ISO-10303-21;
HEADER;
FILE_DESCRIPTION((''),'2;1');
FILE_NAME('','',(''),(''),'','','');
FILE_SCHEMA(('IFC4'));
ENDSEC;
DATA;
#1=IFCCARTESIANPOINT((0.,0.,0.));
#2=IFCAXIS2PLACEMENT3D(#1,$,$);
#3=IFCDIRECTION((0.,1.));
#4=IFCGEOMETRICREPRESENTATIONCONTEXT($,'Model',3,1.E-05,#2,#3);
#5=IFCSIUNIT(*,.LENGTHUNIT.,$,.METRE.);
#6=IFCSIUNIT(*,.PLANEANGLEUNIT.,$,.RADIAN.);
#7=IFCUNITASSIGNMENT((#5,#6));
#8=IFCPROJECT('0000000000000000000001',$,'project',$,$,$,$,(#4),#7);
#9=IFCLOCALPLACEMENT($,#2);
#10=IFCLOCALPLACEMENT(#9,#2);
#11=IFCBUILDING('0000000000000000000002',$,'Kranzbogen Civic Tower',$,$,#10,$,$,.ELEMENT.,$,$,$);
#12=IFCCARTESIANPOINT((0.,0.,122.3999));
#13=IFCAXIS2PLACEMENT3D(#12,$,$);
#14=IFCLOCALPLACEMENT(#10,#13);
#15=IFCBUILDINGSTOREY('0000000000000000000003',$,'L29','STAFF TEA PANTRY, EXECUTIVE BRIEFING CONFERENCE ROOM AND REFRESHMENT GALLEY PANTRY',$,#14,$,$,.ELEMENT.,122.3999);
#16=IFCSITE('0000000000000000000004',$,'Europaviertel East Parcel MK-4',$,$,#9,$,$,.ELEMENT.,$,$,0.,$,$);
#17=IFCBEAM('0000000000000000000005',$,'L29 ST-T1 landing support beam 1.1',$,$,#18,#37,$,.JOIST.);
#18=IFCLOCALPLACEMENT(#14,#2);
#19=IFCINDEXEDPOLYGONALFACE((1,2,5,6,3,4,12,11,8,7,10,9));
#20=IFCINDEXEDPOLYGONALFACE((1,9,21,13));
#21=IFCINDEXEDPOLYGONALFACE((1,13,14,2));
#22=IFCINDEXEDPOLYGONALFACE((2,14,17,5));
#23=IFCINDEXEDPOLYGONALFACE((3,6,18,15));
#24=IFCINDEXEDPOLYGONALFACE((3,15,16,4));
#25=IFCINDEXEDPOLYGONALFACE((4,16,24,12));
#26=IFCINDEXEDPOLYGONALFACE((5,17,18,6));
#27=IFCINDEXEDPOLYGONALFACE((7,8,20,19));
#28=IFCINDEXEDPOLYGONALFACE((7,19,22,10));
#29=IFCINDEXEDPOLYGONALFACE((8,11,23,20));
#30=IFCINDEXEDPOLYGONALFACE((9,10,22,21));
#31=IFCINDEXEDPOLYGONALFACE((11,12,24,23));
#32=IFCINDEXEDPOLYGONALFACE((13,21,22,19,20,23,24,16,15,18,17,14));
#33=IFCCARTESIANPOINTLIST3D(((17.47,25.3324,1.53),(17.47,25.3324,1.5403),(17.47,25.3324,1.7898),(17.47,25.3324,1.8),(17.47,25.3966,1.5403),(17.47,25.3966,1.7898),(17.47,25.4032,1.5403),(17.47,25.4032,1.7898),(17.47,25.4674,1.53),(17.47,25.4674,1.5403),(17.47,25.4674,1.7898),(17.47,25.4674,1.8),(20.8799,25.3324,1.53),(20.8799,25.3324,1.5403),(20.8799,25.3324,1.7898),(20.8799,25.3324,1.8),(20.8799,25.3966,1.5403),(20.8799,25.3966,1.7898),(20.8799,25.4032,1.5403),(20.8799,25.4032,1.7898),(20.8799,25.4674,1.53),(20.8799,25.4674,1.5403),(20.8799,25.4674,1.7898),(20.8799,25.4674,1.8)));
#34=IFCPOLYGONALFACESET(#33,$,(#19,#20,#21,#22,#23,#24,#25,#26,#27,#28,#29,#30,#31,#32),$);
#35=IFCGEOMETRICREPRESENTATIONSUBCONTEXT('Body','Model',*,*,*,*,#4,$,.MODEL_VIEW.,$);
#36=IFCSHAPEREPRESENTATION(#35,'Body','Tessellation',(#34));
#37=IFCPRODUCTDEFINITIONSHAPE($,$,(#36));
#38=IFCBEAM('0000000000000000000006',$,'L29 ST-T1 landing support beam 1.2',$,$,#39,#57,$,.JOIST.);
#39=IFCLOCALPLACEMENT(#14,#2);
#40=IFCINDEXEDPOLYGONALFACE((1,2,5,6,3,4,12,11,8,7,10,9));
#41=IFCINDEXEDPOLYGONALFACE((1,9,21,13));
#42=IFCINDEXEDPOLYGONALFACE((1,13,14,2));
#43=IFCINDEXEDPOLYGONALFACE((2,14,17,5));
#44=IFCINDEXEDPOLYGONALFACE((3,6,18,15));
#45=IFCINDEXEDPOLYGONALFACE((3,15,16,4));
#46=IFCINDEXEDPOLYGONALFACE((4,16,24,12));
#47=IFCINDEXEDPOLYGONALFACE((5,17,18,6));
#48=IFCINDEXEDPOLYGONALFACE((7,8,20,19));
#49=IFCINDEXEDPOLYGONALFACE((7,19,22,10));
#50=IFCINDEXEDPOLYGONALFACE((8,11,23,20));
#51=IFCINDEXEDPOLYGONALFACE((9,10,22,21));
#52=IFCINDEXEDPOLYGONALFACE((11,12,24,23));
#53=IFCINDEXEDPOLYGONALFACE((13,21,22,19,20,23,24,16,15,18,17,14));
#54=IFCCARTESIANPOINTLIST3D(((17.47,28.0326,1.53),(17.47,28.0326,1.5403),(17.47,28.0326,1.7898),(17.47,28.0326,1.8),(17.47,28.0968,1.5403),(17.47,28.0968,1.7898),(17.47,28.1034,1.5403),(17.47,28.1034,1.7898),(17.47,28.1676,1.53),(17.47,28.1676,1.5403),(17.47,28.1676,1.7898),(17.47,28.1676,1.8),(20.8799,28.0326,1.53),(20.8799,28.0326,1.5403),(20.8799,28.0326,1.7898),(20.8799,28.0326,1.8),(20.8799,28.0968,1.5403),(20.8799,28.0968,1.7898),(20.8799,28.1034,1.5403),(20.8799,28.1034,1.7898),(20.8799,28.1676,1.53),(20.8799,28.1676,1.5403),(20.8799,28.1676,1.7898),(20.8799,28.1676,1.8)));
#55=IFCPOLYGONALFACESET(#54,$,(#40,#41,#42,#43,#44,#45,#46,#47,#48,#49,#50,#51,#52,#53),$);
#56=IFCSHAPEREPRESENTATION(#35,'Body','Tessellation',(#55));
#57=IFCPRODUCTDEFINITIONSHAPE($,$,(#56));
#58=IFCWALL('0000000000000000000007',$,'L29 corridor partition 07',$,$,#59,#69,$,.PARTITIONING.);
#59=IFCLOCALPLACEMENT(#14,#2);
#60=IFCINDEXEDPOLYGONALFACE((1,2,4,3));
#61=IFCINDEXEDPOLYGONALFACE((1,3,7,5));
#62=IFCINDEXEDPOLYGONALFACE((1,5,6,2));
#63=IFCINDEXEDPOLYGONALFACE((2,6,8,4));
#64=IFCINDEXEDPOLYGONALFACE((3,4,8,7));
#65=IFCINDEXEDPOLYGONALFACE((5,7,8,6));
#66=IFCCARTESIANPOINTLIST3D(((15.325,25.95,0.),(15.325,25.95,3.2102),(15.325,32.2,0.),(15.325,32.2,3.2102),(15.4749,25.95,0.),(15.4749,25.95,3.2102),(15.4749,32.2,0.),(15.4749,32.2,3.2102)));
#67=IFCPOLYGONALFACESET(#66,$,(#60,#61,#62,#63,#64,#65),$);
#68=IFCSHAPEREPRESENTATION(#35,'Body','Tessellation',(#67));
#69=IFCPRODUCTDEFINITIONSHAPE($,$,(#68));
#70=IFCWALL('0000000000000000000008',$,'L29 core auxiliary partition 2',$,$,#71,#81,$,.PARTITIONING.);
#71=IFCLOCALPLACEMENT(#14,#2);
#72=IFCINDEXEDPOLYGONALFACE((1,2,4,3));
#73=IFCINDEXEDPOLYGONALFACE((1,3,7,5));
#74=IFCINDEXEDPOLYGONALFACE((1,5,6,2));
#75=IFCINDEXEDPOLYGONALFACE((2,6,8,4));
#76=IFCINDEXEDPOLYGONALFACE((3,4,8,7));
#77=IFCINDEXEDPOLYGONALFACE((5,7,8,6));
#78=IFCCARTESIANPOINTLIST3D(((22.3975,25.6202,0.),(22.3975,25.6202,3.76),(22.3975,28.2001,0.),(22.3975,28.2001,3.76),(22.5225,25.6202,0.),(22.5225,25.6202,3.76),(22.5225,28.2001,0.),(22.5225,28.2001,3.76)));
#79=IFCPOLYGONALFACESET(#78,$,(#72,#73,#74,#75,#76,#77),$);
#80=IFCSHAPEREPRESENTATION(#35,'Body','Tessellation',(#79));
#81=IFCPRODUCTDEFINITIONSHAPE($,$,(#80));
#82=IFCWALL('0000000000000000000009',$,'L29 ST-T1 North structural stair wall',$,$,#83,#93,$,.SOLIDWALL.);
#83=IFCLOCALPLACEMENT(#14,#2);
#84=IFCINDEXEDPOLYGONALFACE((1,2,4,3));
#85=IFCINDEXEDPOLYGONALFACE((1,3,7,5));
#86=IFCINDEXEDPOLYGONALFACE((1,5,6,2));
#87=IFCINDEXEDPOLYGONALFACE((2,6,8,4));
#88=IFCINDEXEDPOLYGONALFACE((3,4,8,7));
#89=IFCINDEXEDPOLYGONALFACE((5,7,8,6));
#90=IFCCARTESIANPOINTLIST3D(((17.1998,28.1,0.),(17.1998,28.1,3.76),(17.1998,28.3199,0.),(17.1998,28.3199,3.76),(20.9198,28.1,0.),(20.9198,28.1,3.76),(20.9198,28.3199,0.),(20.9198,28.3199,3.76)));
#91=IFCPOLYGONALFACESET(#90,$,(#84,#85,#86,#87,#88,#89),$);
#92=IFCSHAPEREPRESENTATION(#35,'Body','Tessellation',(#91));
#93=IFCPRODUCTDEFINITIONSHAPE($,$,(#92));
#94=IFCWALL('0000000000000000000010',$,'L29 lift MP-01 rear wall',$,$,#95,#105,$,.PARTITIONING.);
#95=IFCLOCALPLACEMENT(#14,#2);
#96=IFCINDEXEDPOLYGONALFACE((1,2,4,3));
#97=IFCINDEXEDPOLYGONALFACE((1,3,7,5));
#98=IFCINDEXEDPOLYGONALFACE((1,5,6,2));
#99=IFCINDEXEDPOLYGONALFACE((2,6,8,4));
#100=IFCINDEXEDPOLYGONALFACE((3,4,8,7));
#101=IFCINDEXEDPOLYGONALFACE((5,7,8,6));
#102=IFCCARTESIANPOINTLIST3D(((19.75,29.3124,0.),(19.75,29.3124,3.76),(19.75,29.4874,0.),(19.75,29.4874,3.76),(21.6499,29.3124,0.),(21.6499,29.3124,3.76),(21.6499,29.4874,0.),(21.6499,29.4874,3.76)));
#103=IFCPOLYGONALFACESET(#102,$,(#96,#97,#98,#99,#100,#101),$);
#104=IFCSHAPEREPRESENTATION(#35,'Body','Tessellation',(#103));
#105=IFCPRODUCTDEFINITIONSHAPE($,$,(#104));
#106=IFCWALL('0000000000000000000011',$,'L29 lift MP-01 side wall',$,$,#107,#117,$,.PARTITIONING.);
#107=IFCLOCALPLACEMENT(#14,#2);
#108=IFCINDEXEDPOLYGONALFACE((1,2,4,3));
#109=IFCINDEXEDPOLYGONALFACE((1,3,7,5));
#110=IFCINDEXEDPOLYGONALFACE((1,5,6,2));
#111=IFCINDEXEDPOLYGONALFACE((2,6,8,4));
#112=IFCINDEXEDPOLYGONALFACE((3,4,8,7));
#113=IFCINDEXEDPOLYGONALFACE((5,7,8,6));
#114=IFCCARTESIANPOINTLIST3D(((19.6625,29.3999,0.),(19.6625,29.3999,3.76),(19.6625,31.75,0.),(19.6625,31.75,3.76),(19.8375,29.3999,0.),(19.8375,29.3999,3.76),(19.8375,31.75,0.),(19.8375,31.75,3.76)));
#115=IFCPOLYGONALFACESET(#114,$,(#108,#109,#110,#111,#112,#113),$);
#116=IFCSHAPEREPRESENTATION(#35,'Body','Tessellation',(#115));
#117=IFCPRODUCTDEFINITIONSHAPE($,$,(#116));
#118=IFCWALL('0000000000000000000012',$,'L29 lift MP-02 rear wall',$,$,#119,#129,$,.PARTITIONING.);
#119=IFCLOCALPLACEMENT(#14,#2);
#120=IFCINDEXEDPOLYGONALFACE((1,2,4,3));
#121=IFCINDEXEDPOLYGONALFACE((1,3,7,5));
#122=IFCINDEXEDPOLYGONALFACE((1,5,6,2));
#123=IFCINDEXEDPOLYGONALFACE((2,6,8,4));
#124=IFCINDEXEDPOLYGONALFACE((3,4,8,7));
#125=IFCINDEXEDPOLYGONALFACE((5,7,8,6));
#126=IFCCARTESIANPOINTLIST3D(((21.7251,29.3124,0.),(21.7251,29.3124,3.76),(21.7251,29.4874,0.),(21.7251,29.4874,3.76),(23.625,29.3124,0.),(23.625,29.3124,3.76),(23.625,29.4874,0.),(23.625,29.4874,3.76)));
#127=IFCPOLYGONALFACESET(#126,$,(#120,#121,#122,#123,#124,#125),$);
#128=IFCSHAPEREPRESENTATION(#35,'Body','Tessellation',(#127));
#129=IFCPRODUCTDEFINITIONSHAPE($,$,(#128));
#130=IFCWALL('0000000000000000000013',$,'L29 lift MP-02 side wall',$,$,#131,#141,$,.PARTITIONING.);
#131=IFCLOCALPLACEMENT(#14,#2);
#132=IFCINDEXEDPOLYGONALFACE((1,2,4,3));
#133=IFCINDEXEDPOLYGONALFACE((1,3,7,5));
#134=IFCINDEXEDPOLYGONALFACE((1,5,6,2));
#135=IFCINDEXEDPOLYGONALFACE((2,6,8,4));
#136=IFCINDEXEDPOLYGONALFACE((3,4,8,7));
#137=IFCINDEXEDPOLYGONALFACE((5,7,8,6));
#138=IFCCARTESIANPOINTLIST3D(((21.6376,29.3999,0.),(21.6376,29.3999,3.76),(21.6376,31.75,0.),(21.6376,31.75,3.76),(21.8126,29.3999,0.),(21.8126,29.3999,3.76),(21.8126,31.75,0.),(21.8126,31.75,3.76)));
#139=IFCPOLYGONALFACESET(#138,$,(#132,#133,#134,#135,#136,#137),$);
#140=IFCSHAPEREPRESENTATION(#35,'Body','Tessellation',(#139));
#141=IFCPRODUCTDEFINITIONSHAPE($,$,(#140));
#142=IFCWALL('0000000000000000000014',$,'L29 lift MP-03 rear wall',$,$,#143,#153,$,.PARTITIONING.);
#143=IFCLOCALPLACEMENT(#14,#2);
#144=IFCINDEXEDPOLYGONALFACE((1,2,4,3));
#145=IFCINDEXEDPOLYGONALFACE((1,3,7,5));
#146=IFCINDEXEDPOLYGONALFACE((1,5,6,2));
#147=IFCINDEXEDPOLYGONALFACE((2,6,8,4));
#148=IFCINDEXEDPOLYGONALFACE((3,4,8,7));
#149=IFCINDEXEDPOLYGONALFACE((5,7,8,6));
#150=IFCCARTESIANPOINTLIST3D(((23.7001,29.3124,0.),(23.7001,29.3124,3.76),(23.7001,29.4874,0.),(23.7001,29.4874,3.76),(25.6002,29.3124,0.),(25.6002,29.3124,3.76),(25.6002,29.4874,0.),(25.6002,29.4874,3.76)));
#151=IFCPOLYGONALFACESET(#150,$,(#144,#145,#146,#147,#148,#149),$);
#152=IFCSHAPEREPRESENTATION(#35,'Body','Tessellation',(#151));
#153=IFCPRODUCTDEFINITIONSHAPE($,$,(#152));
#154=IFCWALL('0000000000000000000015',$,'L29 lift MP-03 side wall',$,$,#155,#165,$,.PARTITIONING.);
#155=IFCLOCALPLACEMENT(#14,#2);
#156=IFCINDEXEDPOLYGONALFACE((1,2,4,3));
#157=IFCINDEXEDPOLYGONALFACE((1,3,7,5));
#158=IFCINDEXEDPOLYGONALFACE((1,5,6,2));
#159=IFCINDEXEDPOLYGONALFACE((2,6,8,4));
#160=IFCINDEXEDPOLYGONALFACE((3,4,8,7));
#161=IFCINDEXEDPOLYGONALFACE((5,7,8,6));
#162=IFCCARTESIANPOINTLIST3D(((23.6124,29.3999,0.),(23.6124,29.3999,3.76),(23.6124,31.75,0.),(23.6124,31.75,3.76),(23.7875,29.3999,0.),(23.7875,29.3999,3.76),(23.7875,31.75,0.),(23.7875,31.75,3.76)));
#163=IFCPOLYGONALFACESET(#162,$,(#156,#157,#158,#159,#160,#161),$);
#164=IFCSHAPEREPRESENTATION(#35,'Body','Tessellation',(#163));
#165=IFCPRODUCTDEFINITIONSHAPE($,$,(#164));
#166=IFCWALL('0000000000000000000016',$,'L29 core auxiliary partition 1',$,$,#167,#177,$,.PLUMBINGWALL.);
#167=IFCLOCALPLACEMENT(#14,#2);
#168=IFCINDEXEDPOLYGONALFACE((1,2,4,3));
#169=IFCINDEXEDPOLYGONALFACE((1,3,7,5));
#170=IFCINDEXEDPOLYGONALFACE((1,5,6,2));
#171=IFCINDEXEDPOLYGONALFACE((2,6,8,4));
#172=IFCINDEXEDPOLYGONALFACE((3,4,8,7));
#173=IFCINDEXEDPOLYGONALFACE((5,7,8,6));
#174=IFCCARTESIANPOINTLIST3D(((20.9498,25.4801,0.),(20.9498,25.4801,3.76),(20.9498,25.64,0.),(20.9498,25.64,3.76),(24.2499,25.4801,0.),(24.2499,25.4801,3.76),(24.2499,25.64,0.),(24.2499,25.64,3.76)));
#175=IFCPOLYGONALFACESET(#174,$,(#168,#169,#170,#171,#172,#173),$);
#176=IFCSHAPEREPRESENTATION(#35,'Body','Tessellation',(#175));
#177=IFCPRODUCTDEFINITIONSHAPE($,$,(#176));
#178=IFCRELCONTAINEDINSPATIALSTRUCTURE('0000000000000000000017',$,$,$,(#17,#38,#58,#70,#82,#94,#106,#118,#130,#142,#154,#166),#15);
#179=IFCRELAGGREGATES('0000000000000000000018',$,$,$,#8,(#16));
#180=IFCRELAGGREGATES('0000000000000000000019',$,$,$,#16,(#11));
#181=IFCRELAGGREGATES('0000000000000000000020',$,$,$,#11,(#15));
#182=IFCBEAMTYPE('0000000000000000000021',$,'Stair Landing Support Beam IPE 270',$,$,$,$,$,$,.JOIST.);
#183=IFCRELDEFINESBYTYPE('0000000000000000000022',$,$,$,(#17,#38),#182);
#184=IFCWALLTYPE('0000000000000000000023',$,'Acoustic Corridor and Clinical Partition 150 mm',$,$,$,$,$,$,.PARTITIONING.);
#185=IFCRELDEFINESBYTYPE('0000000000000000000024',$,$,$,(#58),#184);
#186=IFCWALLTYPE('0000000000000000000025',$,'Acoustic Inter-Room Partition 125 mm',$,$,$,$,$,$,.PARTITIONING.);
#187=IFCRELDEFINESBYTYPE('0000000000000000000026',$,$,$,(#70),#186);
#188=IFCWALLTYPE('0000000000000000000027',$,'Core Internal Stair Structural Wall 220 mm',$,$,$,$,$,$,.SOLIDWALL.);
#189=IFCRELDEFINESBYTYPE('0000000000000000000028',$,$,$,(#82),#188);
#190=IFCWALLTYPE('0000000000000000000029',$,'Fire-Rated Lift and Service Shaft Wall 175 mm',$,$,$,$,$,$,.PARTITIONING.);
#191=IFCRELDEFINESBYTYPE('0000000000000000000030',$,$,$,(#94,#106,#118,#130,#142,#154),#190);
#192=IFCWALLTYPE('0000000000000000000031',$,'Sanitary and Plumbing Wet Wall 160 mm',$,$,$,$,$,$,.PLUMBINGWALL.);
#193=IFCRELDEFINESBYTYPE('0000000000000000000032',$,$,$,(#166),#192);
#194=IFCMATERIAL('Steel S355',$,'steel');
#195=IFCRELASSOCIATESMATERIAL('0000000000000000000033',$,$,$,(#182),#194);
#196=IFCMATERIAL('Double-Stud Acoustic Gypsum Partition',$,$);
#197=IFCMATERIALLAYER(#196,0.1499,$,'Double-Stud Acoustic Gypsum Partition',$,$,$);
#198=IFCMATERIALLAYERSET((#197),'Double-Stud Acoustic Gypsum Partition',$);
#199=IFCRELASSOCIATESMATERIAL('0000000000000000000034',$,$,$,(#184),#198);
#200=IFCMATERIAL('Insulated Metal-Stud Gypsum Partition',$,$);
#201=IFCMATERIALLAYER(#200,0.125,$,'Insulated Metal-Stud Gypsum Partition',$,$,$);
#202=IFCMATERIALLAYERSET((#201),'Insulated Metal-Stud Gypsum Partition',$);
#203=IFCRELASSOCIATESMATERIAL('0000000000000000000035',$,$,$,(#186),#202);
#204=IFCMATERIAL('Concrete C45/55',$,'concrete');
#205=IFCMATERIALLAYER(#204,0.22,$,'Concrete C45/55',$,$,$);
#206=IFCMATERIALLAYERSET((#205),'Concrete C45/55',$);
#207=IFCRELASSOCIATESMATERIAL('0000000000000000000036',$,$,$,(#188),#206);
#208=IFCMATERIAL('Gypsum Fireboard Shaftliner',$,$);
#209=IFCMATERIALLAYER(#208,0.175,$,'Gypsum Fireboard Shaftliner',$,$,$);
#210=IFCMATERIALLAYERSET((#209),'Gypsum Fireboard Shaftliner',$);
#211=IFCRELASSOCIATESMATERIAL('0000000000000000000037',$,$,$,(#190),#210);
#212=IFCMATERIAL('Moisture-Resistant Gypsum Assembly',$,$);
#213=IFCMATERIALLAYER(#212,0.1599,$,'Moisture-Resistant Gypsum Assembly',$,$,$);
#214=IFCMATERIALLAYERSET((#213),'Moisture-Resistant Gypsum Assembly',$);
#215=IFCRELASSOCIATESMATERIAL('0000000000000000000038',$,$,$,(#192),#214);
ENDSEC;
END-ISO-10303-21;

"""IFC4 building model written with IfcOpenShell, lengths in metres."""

from ifc_helpers import new_model, si_unit, direction, frame, frame_2d, origin, origin_2d, place, context, subcontext, project, spatial, rectangle, i_section, extrude, material, layer, layer_set, material_profile, profile_set, type_object, element, save


model = new_model("IFC4")

# Units and contexts
model_context = context("Model", 3, precision=1e-05, world=origin(), true_north=direction((0.0, 1.0)))
body_context = subcontext(model_context, "Body", "Model", "MODEL_VIEW")
ifc_project = project(units=[si_unit("LENGTHUNIT", "METRE"), si_unit("PLANEANGLEUNIT", "RADIAN")], contexts=[model_context])

# Site, building, storey
site_placement = place(None, origin())
site = spatial("IfcSite", under=ifc_project, at=site_placement, Name="Europaviertel East Parcel MK-4", CompositionType="ELEMENT", RefElevation=0.0)
building_placement = place(site_placement, origin())
building = spatial("IfcBuilding", under=site, at=building_placement, Name="Kranzbogen Civic Tower", CompositionType="ELEMENT")
storey_placement = place(building_placement, frame((0.0, 0.0, 122.3999)))
storey = spatial("IfcBuildingStorey", under=building, at=storey_placement, Name="L29", Description="STAFF TEA PANTRY, EXECUTIVE BRIEFING CONFERENCE ROOM AND REFRESHMENT GALLEY PANTRY", CompositionType="ELEMENT", Elevation=122.3999)

# Beams
ifc_material_1 = material(Name="Steel S355", Category="steel")
ifc_material_profile = material_profile(ifc_material_1, i_section(OverallWidth=0.135, OverallDepth=0.27, WebThickness=0.0066, FlangeThickness=0.0103, at=origin_2d()), Name="IPE 270")
ifc_profile_set = profile_set([ifc_material_profile], Name="Steel S355")
beam_type = type_object("IfcBeamType", Name="Stair Landing Support Beam IPE 270", PredefinedType="JOIST", material=ifc_profile_set)
for number, where, z_axis, x_axis, name in (
    (1, (20.8799, 25.3999, 1.665), (-1.0, 0.0, 0.0), (0.0, -1.0, 0.0), "L29 ST-T1 landing support beam 1.1"),
    (2, (20.8799, 28.1001, 1.665), (-1.0, 0.0, 0.0), (0.0, -1.0, 0.0), "L29 ST-T1 landing support beam 1.2"),
):
    element("IfcBeam", number, at=place(storey_placement, frame(where, z_axis=z_axis, x_axis=x_axis)), inside=storey, type_object=beam_type, Name=name, PredefinedType="JOIST", context=body_context, shape_type="SweptSolid", body=[
        extrude(i_section(OverallWidth=0.135, OverallDepth=0.27, WebThickness=0.0066, FlangeThickness=0.0103, at=origin_2d()), origin(), (0.0, 0.0, 1.0), 3.4099),
    ])

# Wall
ifc_material_2 = material(Name="Double-Stud Acoustic Gypsum Partition")
ifc_layer_1 = layer(ifc_material_2, 0.1499, Name="Double-Stud Acoustic Gypsum Partition")
ifc_layer_set_1 = layer_set([ifc_layer_1], Name="Double-Stud Acoustic Gypsum Partition")
wall_type_1 = type_object("IfcWallType", Name="Acoustic Corridor and Clinical Partition 150 mm", PredefinedType="PARTITIONING", material=ifc_layer_set_1)
wall_1_placement = place(storey_placement, frame((15.3999, 25.95, 0.0), z_axis=(0.0, 0.0, 1.0), x_axis=(0.0, 1.0, 0.0)))
element("IfcWall", 3, at=wall_1_placement, inside=storey, type_object=wall_type_1, Name="L29 corridor partition 07", PredefinedType="PARTITIONING", context=body_context, shape_type="SweptSolid", body=[
    extrude(rectangle(XDim=6.25, YDim=0.1499, at=frame_2d((3.125, 0.0))), origin(), (0.0, 0.0, 1.0), 3.2102),
])

# Shared definitions
ifc_material_3 = material(Name="Insulated Metal-Stud Gypsum Partition")
ifc_layer_2 = layer(ifc_material_3, 0.125, Name="Insulated Metal-Stud Gypsum Partition")
ifc_layer_set_2 = layer_set([ifc_layer_2], Name="Insulated Metal-Stud Gypsum Partition")
wall_type_2 = type_object("IfcWallType", Name="Acoustic Inter-Room Partition 125 mm", PredefinedType="PARTITIONING", material=ifc_layer_set_2)

# Walls
wall_2_placement = place(storey_placement, frame((22.46, 25.6201, 0.0), z_axis=(0.0, 0.0, 1.0), x_axis=(0.0, 1.0, 0.0)))
element("IfcWall", 4, at=wall_2_placement, inside=storey, type_object=wall_type_2, Name="L29 core auxiliary partition 2", PredefinedType="PARTITIONING", context=body_context, shape_type="SweptSolid", body=[
    extrude(rectangle(XDim=2.5798, YDim=0.125, at=frame_2d((1.29, 0.0))), origin(), (0.0, 0.0, 1.0), 3.76),
])
ifc_material_4 = material(Name="Concrete C45/55", Category="concrete")
ifc_layer_3 = layer(ifc_material_4, 0.22, Name="Concrete C45/55")
ifc_layer_set_3 = layer_set([ifc_layer_3], Name="Concrete C45/55")
wall_type_3 = type_object("IfcWallType", Name="Core Internal Stair Structural Wall 220 mm", PredefinedType="SOLIDWALL", material=ifc_layer_set_3)
wall_3_placement = place(storey_placement, frame((17.2, 28.21, 0.0), z_axis=(0.0, 0.0, 1.0), x_axis=(1.0, 0.0, 0.0)))
element("IfcWall", 5, at=wall_3_placement, inside=storey, type_object=wall_type_3, Name="L29 ST-T1 North structural stair wall", PredefinedType="SOLIDWALL", context=body_context, shape_type="SweptSolid", body=[
    extrude(rectangle(XDim=3.72, YDim=0.22, at=frame_2d((1.8599, 0.0))), origin(), (0.0, 0.0, 1.0), 3.76),
])
ifc_material_5 = material(Name="Gypsum Fireboard Shaftliner")
ifc_layer_4 = layer(ifc_material_5, 0.175, Name="Gypsum Fireboard Shaftliner")
ifc_layer_set_4 = layer_set([ifc_layer_4], Name="Gypsum Fireboard Shaftliner")
wall_type_4 = type_object("IfcWallType", Name="Fire-Rated Lift and Service Shaft Wall 175 mm", PredefinedType="PARTITIONING", material=ifc_layer_set_4)
wall_4_placement = place(storey_placement, frame((19.75, 29.3999, 0.0), z_axis=(0.0, 0.0, 1.0), x_axis=(1.0, 0.0, 0.0)))
element("IfcWall", 6, at=wall_4_placement, inside=storey, type_object=wall_type_4, Name="L29 lift MP-01 rear wall", PredefinedType="PARTITIONING", context=body_context, shape_type="SweptSolid", body=[
    extrude(rectangle(XDim=1.8999, YDim=0.175, at=frame_2d((0.95, 0.0))), origin(), (0.0, 0.0, 1.0), 3.76),
])
wall_5_placement = place(storey_placement, frame((19.75, 29.3999, 0.0), z_axis=(0.0, 0.0, 1.0), x_axis=(0.0, 1.0, 0.0)))
element("IfcWall", 7, at=wall_5_placement, inside=storey, type_object=wall_type_4, Name="L29 lift MP-01 side wall", PredefinedType="PARTITIONING", context=body_context, shape_type="SweptSolid", body=[
    extrude(rectangle(XDim=2.3501, YDim=0.175, at=frame_2d((1.175, 0.0))), origin(), (0.0, 0.0, 1.0), 3.76),
])
wall_6_placement = place(storey_placement, frame((21.7251, 29.3999, 0.0), z_axis=(0.0, 0.0, 1.0), x_axis=(1.0, 0.0, 0.0)))
element("IfcWall", 8, at=wall_6_placement, inside=storey, type_object=wall_type_4, Name="L29 lift MP-02 rear wall", PredefinedType="PARTITIONING", context=body_context, shape_type="SweptSolid", body=[
    extrude(rectangle(XDim=1.8999, YDim=0.175, at=frame_2d((0.95, 0.0))), origin(), (0.0, 0.0, 1.0), 3.76),
])
wall_7_placement = place(storey_placement, frame((21.7251, 29.3999, 0.0), z_axis=(0.0, 0.0, 1.0), x_axis=(0.0, 1.0, 0.0)))
element("IfcWall", 9, at=wall_7_placement, inside=storey, type_object=wall_type_4, Name="L29 lift MP-02 side wall", PredefinedType="PARTITIONING", context=body_context, shape_type="SweptSolid", body=[
    extrude(rectangle(XDim=2.3501, YDim=0.175, at=frame_2d((1.175, 0.0))), origin(), (0.0, 0.0, 1.0), 3.76),
])
wall_8_placement = place(storey_placement, frame((23.7, 29.3999, 0.0), z_axis=(0.0, 0.0, 1.0), x_axis=(1.0, 0.0, 0.0)))
element("IfcWall", 10, at=wall_8_placement, inside=storey, type_object=wall_type_4, Name="L29 lift MP-03 rear wall", PredefinedType="PARTITIONING", context=body_context, shape_type="SweptSolid", body=[
    extrude(rectangle(XDim=1.9001, YDim=0.175, at=frame_2d((0.9502, 0.0))), origin(), (0.0, 0.0, 1.0), 3.76),
])
wall_9_placement = place(storey_placement, frame((23.7, 29.3999, 0.0), z_axis=(0.0, 0.0, 1.0), x_axis=(0.0, 1.0, 0.0)))
element("IfcWall", 11, at=wall_9_placement, inside=storey, type_object=wall_type_4, Name="L29 lift MP-03 side wall", PredefinedType="PARTITIONING", context=body_context, shape_type="SweptSolid", body=[
    extrude(rectangle(XDim=2.3501, YDim=0.175, at=frame_2d((1.175, 0.0))), origin(), (0.0, 0.0, 1.0), 3.76),
])
ifc_material_6 = material(Name="Moisture-Resistant Gypsum Assembly")
ifc_layer_5 = layer(ifc_material_6, 0.1599, Name="Moisture-Resistant Gypsum Assembly")
ifc_layer_set_5 = layer_set([ifc_layer_5], Name="Moisture-Resistant Gypsum Assembly")
wall_type_5 = type_object("IfcWallType", Name="Sanitary and Plumbing Wet Wall 160 mm", PredefinedType="PLUMBINGWALL", material=ifc_layer_set_5)
wall_10_placement = place(storey_placement, frame((20.95, 25.5601, 0.0), z_axis=(0.0, 0.0, 1.0), x_axis=(1.0, 0.0, 0.0)))
element("IfcWall", 12, at=wall_10_placement, inside=storey, type_object=wall_type_5, Name="L29 core auxiliary partition 1", PredefinedType="PLUMBINGWALL", context=body_context, shape_type="SweptSolid", body=[
    extrude(rectangle(XDim=3.3, YDim=0.1599, at=frame_2d((1.6499, 0.0))), origin(), (0.0, 0.0, 1.0), 3.76),
])

save(model, "model.ifc")
